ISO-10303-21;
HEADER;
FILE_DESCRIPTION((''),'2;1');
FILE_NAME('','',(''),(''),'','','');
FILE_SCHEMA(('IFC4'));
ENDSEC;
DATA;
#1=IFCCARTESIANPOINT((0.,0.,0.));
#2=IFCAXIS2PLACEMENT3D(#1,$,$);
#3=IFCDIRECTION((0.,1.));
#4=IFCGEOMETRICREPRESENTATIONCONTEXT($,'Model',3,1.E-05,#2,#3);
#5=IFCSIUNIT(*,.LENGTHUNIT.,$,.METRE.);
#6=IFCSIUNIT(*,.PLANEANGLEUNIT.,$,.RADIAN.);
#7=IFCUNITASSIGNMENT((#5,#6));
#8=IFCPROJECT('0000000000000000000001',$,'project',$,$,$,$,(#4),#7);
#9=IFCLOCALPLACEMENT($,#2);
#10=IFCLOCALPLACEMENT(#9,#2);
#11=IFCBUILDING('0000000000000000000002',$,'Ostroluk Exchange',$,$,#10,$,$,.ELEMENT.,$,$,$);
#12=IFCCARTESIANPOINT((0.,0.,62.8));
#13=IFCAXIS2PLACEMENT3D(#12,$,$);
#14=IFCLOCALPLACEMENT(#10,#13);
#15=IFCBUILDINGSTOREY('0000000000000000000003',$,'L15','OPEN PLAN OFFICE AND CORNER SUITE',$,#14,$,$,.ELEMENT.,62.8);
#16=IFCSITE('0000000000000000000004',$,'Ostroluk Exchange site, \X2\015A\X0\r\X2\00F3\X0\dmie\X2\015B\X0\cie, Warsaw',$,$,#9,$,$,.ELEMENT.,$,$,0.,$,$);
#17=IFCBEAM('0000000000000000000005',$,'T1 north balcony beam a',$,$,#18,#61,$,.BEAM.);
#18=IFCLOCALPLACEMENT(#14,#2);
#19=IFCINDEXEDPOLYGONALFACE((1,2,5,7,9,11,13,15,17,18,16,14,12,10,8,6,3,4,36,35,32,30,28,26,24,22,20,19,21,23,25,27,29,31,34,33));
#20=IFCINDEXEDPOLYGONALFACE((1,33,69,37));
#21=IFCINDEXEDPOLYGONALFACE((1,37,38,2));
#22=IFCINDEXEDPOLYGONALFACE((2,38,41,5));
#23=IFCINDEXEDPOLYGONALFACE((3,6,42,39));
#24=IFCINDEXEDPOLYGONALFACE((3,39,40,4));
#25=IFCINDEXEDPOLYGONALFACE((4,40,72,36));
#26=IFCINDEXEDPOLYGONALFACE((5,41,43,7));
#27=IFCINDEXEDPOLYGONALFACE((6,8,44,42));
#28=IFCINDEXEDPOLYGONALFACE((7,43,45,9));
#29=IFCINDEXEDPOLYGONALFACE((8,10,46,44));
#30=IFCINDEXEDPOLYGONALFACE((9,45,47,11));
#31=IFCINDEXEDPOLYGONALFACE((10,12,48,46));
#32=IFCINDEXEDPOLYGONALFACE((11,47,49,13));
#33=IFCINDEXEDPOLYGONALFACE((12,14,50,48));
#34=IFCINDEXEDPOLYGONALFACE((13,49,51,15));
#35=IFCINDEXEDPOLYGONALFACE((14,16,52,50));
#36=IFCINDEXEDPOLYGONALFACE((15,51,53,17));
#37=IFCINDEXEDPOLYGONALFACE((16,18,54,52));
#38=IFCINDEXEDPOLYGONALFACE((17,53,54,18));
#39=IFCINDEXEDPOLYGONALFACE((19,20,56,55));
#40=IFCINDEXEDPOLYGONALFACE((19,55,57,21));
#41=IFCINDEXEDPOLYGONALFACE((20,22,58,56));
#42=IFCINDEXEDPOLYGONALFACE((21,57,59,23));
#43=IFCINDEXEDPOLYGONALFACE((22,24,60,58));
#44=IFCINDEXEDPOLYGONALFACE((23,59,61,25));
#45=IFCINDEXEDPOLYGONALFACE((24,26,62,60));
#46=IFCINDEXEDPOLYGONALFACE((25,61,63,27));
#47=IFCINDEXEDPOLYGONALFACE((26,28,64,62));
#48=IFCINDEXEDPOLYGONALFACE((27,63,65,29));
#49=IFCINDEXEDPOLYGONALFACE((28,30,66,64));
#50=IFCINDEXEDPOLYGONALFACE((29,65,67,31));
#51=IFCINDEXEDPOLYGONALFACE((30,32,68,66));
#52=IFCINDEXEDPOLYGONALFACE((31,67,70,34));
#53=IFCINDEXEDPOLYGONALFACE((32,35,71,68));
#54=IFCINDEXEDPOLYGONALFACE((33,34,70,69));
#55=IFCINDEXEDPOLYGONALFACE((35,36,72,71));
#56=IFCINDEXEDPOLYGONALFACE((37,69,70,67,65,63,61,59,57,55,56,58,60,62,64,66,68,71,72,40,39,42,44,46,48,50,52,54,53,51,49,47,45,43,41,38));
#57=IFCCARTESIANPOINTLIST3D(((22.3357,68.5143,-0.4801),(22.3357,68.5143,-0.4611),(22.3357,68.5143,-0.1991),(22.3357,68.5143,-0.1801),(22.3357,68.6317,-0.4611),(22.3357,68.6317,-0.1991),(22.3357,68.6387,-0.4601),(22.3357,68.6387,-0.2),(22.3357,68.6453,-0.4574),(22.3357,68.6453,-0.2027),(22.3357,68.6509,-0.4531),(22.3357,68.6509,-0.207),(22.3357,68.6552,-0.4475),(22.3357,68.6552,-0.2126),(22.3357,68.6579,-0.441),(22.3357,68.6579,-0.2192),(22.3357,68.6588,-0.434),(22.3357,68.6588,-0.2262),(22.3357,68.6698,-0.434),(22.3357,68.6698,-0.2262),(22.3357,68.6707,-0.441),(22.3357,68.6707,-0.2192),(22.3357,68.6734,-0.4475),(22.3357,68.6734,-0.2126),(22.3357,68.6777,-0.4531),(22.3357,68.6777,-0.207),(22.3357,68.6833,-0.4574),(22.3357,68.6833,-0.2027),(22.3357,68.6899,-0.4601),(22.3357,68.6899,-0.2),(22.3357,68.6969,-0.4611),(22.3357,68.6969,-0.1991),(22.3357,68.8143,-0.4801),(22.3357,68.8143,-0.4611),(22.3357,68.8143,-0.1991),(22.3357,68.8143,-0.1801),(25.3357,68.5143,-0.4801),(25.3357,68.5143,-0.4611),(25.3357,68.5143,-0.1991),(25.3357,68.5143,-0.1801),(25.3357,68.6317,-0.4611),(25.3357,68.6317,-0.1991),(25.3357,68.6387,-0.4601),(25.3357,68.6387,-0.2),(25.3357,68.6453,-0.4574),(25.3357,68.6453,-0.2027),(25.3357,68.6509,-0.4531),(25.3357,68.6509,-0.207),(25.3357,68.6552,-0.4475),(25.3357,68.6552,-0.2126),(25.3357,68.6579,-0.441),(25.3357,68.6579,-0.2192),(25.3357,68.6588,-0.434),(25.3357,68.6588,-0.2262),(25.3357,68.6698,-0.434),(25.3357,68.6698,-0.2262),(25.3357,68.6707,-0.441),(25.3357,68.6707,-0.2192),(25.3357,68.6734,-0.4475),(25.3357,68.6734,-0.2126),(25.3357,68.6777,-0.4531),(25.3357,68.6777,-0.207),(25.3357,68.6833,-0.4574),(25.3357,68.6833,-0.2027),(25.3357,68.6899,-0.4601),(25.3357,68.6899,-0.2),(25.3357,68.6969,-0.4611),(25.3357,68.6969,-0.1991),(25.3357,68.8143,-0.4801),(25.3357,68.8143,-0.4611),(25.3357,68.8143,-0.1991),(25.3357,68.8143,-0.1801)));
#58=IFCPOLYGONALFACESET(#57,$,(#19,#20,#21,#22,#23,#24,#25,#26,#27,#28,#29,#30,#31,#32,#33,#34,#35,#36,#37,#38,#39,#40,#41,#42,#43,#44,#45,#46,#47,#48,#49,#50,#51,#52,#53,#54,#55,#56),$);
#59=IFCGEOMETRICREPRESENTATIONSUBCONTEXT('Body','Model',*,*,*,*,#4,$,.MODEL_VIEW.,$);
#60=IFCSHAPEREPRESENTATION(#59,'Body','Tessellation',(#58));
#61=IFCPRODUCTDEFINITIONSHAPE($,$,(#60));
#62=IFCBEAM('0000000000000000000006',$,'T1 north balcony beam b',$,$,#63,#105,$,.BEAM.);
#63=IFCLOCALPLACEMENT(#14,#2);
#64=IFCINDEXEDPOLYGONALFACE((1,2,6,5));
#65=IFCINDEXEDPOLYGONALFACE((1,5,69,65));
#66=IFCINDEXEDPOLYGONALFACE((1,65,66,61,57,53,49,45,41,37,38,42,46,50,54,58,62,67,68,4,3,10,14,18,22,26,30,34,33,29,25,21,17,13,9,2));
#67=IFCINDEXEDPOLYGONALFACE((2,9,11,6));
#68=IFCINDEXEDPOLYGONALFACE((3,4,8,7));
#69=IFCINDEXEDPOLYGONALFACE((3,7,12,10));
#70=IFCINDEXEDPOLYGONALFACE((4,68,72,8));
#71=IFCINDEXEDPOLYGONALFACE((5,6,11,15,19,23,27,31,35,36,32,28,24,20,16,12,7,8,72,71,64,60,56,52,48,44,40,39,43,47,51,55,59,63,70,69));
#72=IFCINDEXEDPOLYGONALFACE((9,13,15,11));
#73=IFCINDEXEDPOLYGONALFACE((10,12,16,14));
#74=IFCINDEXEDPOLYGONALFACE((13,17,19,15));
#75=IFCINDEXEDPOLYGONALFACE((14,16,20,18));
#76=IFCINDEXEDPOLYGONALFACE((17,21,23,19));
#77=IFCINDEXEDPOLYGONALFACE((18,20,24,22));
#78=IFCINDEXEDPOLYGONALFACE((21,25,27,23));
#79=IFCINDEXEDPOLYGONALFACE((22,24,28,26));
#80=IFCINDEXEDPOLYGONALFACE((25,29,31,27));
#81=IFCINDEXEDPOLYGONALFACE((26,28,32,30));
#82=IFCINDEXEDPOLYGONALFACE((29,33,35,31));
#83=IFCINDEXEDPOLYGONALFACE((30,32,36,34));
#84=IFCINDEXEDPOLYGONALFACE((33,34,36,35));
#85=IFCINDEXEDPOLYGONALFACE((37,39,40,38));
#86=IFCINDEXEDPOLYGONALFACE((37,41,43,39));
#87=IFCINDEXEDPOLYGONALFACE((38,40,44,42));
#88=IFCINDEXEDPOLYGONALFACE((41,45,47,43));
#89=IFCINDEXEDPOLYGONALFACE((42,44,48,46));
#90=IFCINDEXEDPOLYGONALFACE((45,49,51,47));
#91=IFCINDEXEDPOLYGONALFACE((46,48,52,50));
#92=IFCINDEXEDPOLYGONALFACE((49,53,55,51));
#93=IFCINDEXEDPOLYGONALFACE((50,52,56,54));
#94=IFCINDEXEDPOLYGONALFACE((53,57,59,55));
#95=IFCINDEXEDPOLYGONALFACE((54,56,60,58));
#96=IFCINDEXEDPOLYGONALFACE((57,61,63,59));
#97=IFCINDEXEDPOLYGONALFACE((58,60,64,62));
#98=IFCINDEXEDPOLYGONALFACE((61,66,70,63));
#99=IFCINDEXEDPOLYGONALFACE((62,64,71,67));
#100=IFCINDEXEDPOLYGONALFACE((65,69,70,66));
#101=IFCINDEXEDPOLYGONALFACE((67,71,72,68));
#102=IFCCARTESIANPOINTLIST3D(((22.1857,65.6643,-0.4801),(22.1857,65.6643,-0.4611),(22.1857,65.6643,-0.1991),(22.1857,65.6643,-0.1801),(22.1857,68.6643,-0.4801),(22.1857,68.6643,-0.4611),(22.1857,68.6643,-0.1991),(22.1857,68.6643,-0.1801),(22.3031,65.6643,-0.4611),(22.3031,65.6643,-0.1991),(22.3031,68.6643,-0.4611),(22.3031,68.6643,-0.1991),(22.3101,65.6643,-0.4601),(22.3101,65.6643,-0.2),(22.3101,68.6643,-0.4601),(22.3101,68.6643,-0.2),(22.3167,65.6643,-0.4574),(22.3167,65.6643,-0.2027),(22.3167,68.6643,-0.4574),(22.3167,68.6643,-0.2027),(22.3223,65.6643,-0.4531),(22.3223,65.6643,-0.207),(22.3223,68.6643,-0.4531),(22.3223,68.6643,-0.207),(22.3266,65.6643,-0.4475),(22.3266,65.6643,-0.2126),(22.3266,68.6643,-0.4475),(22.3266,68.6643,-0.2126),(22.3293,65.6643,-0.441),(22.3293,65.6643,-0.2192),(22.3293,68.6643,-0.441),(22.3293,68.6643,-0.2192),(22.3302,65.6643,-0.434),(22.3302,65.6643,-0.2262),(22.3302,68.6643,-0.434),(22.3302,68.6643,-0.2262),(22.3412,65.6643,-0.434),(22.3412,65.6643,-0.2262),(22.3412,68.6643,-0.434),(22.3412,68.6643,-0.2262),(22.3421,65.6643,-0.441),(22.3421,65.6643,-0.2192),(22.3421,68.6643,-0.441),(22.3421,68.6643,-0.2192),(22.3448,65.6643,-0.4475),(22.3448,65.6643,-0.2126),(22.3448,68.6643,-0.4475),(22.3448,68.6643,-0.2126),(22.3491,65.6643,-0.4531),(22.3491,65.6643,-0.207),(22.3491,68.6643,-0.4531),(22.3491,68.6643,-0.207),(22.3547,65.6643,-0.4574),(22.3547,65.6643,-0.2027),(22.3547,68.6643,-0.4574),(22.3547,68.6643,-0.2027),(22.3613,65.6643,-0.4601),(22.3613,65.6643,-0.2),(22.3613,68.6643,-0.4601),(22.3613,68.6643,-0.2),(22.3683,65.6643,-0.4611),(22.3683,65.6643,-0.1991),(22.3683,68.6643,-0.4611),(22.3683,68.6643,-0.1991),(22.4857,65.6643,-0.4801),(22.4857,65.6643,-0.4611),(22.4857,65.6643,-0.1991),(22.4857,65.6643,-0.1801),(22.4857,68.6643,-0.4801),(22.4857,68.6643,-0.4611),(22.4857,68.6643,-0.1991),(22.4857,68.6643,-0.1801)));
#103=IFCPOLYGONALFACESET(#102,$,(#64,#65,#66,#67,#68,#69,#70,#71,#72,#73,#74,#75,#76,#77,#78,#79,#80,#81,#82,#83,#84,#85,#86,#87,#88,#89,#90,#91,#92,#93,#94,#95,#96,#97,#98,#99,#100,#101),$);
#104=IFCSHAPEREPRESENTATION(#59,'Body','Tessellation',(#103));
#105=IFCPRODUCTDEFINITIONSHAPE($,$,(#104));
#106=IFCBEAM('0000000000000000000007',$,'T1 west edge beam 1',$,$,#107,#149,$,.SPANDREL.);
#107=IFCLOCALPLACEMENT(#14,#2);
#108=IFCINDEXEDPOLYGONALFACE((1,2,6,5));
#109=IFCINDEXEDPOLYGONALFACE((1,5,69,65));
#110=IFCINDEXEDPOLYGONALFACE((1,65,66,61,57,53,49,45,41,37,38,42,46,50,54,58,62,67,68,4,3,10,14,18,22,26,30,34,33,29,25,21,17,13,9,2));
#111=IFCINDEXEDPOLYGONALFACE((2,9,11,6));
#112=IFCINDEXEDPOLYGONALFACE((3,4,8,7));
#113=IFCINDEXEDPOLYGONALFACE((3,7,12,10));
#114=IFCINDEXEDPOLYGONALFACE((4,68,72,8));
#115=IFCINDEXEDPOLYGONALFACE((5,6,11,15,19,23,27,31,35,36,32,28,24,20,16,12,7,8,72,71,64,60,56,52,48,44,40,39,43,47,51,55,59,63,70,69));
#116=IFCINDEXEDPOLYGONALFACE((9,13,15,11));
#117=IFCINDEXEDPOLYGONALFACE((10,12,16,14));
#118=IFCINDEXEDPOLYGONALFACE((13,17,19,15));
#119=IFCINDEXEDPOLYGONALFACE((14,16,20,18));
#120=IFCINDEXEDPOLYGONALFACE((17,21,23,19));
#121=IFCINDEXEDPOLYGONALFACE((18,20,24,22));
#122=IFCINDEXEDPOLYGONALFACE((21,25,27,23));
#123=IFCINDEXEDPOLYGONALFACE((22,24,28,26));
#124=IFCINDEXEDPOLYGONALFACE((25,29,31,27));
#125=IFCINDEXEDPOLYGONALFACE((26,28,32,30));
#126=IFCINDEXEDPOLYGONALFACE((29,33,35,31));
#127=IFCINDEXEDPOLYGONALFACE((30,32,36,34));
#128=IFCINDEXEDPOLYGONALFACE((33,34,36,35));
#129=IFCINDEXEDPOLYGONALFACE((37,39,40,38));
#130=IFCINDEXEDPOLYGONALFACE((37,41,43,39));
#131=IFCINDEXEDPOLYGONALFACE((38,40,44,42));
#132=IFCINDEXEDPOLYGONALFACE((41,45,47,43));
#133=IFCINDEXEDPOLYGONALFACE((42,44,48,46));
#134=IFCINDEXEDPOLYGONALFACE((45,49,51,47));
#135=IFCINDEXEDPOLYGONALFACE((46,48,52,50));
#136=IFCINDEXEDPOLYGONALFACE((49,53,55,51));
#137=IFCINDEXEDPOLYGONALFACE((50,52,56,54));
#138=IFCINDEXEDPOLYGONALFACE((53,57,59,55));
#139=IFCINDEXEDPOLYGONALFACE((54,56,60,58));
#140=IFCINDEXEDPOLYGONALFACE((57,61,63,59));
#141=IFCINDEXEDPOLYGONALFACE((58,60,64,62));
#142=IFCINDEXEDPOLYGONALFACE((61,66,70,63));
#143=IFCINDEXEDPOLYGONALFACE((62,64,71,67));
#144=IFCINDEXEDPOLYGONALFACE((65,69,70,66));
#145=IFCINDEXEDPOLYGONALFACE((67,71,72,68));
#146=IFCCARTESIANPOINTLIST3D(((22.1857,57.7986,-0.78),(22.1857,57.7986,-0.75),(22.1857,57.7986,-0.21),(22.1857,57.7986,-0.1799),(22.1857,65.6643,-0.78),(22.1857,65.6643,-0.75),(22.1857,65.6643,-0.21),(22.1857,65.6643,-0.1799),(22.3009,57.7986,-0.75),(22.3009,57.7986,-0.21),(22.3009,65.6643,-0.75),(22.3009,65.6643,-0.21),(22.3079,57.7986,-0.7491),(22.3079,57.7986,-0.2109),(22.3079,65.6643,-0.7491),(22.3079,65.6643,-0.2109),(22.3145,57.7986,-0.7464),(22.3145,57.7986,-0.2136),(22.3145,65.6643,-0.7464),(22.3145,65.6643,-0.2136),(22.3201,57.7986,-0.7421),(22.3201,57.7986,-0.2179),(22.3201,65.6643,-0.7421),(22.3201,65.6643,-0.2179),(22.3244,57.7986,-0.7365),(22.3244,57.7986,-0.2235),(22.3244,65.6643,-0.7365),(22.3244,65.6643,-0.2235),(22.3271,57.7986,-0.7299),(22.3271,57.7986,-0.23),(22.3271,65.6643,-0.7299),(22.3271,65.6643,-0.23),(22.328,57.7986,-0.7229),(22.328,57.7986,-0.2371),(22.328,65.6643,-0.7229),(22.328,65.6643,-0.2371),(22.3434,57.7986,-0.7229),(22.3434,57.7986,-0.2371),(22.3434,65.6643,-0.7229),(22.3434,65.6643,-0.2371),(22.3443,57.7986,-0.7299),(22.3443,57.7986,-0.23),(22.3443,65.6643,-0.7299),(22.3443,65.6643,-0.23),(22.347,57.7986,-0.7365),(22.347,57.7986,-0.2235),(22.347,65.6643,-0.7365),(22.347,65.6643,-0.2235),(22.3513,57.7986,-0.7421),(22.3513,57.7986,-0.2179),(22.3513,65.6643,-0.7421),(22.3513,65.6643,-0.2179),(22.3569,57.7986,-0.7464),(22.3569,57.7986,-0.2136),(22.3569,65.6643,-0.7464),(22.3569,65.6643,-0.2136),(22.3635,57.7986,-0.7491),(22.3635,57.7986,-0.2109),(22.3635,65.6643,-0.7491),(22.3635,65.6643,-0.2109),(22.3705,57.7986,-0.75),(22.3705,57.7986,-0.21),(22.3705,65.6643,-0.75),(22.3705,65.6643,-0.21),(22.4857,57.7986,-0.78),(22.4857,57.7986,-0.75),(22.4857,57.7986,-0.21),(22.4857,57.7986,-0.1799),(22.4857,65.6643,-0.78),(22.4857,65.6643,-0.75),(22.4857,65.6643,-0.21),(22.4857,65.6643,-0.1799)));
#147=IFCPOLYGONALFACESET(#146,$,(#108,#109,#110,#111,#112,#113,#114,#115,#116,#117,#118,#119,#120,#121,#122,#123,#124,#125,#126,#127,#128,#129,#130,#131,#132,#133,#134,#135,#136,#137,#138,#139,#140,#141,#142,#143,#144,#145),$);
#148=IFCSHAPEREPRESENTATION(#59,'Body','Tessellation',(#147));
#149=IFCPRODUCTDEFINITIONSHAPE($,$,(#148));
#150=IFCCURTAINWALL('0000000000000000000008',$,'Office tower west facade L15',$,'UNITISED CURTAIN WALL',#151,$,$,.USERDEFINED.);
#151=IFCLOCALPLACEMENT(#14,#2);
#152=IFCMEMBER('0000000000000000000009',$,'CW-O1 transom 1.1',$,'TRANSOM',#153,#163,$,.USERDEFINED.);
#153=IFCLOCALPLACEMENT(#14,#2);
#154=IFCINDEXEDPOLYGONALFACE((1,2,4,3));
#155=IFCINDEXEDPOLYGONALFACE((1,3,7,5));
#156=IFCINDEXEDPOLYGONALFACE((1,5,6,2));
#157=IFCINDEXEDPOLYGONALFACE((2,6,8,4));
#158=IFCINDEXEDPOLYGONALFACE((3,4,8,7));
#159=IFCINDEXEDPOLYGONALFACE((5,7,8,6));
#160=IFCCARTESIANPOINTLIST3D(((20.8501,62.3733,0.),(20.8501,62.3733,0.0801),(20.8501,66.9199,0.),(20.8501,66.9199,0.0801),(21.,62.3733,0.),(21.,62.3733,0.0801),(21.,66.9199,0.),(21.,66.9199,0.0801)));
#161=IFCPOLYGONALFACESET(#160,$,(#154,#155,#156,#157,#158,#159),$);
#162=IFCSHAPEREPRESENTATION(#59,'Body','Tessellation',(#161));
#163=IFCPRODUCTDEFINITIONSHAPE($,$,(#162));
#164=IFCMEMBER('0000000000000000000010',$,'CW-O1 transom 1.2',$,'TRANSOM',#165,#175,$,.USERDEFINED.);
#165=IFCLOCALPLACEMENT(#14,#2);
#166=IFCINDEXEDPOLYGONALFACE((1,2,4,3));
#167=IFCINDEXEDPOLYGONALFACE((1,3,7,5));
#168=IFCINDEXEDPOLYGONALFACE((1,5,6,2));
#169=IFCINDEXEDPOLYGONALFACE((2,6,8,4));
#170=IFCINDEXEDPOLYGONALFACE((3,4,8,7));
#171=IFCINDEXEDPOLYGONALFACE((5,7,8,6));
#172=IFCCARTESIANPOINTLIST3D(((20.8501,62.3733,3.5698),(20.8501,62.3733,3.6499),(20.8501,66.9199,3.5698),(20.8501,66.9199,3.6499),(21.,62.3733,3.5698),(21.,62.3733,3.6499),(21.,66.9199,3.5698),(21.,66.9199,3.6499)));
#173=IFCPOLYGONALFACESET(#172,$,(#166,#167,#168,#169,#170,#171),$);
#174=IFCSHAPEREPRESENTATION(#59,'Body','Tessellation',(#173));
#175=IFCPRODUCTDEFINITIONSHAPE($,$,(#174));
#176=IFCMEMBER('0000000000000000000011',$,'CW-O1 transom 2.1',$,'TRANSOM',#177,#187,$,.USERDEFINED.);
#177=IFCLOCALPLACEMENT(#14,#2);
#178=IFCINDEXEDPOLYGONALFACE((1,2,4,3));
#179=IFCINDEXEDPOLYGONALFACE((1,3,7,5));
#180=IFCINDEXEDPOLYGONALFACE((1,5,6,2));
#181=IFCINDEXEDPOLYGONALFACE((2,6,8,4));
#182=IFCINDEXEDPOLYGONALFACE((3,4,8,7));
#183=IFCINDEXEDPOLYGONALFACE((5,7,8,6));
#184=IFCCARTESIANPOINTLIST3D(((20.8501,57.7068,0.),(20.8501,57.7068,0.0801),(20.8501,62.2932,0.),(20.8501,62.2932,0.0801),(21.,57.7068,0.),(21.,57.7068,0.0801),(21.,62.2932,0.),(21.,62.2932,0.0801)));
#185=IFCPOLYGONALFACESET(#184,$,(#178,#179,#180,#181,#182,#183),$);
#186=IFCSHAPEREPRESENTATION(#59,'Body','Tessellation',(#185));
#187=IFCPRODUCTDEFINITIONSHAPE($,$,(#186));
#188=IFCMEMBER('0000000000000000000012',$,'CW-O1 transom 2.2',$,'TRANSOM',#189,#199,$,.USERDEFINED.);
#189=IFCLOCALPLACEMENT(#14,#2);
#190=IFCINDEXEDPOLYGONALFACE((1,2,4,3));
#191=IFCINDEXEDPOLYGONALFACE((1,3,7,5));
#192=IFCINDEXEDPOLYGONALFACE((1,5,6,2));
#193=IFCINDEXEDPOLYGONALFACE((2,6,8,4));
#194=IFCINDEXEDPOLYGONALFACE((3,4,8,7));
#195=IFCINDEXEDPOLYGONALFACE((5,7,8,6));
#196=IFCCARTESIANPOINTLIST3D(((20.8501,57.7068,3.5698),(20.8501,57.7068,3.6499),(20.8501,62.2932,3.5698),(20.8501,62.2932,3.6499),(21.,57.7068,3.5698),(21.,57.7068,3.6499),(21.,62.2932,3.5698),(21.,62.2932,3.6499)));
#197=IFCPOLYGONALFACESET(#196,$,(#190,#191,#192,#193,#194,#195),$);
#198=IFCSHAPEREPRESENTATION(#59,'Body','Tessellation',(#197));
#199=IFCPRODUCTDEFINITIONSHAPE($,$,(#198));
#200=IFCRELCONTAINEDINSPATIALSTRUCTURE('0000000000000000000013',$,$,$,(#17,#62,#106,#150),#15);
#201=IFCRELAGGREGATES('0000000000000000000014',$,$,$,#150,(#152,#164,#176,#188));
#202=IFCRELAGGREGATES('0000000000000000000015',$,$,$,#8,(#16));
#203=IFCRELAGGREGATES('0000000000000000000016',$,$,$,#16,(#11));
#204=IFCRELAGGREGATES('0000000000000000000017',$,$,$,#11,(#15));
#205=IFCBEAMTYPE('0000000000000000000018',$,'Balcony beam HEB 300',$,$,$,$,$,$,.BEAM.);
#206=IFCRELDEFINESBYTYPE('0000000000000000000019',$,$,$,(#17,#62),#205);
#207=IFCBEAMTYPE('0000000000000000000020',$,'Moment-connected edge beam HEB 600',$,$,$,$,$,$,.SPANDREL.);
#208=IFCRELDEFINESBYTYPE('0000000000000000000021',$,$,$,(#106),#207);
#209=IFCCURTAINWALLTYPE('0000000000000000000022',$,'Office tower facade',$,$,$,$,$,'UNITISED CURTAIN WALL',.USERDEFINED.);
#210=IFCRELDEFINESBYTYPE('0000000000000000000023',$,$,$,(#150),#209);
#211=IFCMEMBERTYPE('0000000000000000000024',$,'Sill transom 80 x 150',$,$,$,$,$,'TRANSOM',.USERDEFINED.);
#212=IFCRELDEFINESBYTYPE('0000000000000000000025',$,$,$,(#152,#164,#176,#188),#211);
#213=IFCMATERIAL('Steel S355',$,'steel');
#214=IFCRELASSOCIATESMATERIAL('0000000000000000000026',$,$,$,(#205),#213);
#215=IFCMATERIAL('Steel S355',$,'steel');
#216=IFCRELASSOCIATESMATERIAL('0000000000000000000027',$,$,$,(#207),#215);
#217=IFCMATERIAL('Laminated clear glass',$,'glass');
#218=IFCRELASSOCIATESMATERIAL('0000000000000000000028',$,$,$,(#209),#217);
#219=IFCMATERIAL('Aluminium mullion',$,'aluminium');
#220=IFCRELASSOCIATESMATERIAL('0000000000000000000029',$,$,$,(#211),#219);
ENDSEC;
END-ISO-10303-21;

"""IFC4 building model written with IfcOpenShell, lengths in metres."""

from ifc_helpers import new_model, si_unit, direction, frame, origin, origin_2d, place, context, subcontext, project, spatial, rectangle, i_section, extrude, material, material_profile, profile_set, type_object, element, aggregate, save


model = new_model("IFC4")

# Units and contexts
model_context = context("Model", 3, precision=1e-05, world=origin(), true_north=direction((0.0, 1.0)))
body_context = subcontext(model_context, "Body", "Model", "MODEL_VIEW")
ifc_project = project(units=[si_unit("LENGTHUNIT", "METRE"), si_unit("PLANEANGLEUNIT", "RADIAN")], contexts=[model_context])

# Site, building, storey
site_placement = place(None, origin())
site = spatial("IfcSite", under=ifc_project, at=site_placement, Name="Ostroluk Exchange site, Śródmieście, Warsaw", CompositionType="ELEMENT", RefElevation=0.0)
building_placement = place(site_placement, origin())
building = spatial("IfcBuilding", under=site, at=building_placement, Name="Ostroluk Exchange", CompositionType="ELEMENT")
storey_placement = place(building_placement, frame((0.0, 0.0, 62.8)))
storey = spatial("IfcBuildingStorey", under=building, at=storey_placement, Name="L15", Description="OPEN PLAN OFFICE AND CORNER SUITE", CompositionType="ELEMENT", Elevation=62.8)

# Beams
ifc_material_1 = material(Name="Steel S355", Category="steel")
ifc_material_profile_1 = material_profile(ifc_material_1, i_section(OverallWidth=0.3, OverallDepth=0.3, WebThickness=0.011, FlangeThickness=0.019, FilletRadius=0.0271, at=origin_2d()), Name="HEB 300")
ifc_profile_set_1 = profile_set([ifc_material_profile_1], Name="Steel S355")
beam_type_1 = type_object("IfcBeamType", Name="Balcony beam HEB 300", PredefinedType="BEAM", material=ifc_profile_set_1)
for number, where, z_axis, x_axis, name in (
    (1, (25.3357, 68.6643, -0.3301), (-1.0, 0.0, 0.0), (0.0, -1.0, 0.0), "T1 north balcony beam a"),
    (2, (22.3357, 65.6643, -0.3301), (0.0, 1.0, 0.0), (-1.0, 0.0, 0.0), "T1 north balcony beam b"),
):
    element("IfcBeam", number, at=place(storey_placement, frame(where, z_axis=z_axis, x_axis=x_axis)), inside=storey, type_object=beam_type_1, Name=name, PredefinedType="BEAM", context=body_context, shape_type="SweptSolid", body=[
        extrude(i_section(OverallWidth=0.3, OverallDepth=0.3, WebThickness=0.011, FlangeThickness=0.019, FilletRadius=0.0271, at=origin_2d()), origin(), (0.0, 0.0, 1.0), 3.0),
    ])
ifc_material_2 = material(Name="Steel S355", Category="steel")
ifc_material_profile_2 = material_profile(ifc_material_2, i_section(OverallWidth=0.3, OverallDepth=0.6001, WebThickness=0.0154, FlangeThickness=0.03, FilletRadius=0.0271, at=origin_2d()), Name="HEB 600")
ifc_profile_set_2 = profile_set([ifc_material_profile_2], Name="Steel S355")
beam_type_2 = type_object("IfcBeamType", Name="Moment-connected edge beam HEB 600", PredefinedType="SPANDREL", material=ifc_profile_set_2)
beam_placement = place(storey_placement, frame((22.3357, 65.6643, -0.48), z_axis=(0.0, -1.0, 0.0), x_axis=(1.0, 0.0, 0.0)))
element("IfcBeam", 3, at=beam_placement, inside=storey, type_object=beam_type_2, Name="T1 west edge beam 1", PredefinedType="SPANDREL", context=body_context, shape_type="SweptSolid", body=[
    extrude(i_section(OverallWidth=0.3, OverallDepth=0.6001, WebThickness=0.0154, FlangeThickness=0.03, FilletRadius=0.0271, at=origin_2d()), origin(), (0.0, 0.0, 1.0), 7.8657),
])

# Curtain wall, members
ifc_material_3 = material(Name="Laminated clear glass", Category="glass")
curtain_wall_type = type_object("IfcCurtainWallType", Name="Office tower facade", ElementType="UNITISED CURTAIN WALL", PredefinedType="USERDEFINED", material=ifc_material_3)
curtain_wall_1_placement = place(storey_placement, origin())
curtain_wall_1 = element("IfcCurtainWall", 4, at=curtain_wall_1_placement, inside=storey, type_object=curtain_wall_type, Name="Office tower west facade L15", ObjectType="UNITISED CURTAIN WALL", PredefinedType="USERDEFINED")
ifc_material_4 = material(Name="Aluminium mullion", Category="aluminium")
ifc_material_profile_3 = material_profile(ifc_material_4, rectangle(XDim=0.1499, YDim=0.0801, at=origin_2d()), Name="Sill transom 80 x 150")
ifc_profile_set_3 = profile_set([ifc_material_profile_3], Name="Aluminium mullion")
member_type_1 = type_object("IfcMemberType", Name="Sill transom 80 x 150", ElementType="TRANSOM", PredefinedType="USERDEFINED", material=ifc_profile_set_3)
member_1_placement = place(storey_placement, frame((20.925, 66.9199, 0.04), z_axis=(0.0, -1.0, 0.0), x_axis=(1.0, 0.0, 0.0)))
member_1 = element("IfcMember", 5, at=member_1_placement, type_object=member_type_1, Name="CW-O1 transom 1.1", ObjectType="TRANSOM", PredefinedType="USERDEFINED", context=body_context, shape_type="SweptSolid", body=[
    extrude(rectangle(XDim=0.1499, YDim=0.0801, at=origin_2d()), origin(), (0.0, 0.0, 1.0), 4.5466),
])
member_2_placement = place(storey_placement, frame((20.925, 66.9199, 3.6099), z_axis=(0.0, -1.0, 0.0), x_axis=(1.0, 0.0, 0.0)))
member_2 = element("IfcMember", 6, at=member_2_placement, type_object=member_type_1, Name="CW-O1 transom 1.2", ObjectType="TRANSOM", PredefinedType="USERDEFINED", context=body_context, shape_type="SweptSolid", body=[
    extrude(rectangle(XDim=0.1499, YDim=0.0801, at=origin_2d()), origin(), (0.0, 0.0, 1.0), 4.5466),
])
member_3_placement = place(storey_placement, frame((20.925, 62.2932, 0.04), z_axis=(0.0, -1.0, 0.0), x_axis=(1.0, 0.0, 0.0)))
member_3 = element("IfcMember", 7, at=member_3_placement, type_object=member_type_1, Name="CW-O1 transom 2.1", ObjectType="TRANSOM", PredefinedType="USERDEFINED", context=body_context, shape_type="SweptSolid", body=[
    extrude(rectangle(XDim=0.1499, YDim=0.0801, at=origin_2d()), origin(), (0.0, 0.0, 1.0), 4.5864),
])
member_4_placement = place(storey_placement, frame((20.925, 62.2932, 3.6099), z_axis=(0.0, -1.0, 0.0), x_axis=(1.0, 0.0, 0.0)))
member_4 = element("IfcMember", 8, at=member_4_placement, type_object=member_type_1, Name="CW-O1 transom 2.2", ObjectType="TRANSOM", PredefinedType="USERDEFINED", context=body_context, shape_type="SweptSolid", body=[
    extrude(rectangle(XDim=0.1499, YDim=0.0801, at=origin_2d()), origin(), (0.0, 0.0, 1.0), 4.5864),
])

aggregate(curtain_wall_1, [member_1, member_2, member_3, member_4])

save(model, "model.ifc")
